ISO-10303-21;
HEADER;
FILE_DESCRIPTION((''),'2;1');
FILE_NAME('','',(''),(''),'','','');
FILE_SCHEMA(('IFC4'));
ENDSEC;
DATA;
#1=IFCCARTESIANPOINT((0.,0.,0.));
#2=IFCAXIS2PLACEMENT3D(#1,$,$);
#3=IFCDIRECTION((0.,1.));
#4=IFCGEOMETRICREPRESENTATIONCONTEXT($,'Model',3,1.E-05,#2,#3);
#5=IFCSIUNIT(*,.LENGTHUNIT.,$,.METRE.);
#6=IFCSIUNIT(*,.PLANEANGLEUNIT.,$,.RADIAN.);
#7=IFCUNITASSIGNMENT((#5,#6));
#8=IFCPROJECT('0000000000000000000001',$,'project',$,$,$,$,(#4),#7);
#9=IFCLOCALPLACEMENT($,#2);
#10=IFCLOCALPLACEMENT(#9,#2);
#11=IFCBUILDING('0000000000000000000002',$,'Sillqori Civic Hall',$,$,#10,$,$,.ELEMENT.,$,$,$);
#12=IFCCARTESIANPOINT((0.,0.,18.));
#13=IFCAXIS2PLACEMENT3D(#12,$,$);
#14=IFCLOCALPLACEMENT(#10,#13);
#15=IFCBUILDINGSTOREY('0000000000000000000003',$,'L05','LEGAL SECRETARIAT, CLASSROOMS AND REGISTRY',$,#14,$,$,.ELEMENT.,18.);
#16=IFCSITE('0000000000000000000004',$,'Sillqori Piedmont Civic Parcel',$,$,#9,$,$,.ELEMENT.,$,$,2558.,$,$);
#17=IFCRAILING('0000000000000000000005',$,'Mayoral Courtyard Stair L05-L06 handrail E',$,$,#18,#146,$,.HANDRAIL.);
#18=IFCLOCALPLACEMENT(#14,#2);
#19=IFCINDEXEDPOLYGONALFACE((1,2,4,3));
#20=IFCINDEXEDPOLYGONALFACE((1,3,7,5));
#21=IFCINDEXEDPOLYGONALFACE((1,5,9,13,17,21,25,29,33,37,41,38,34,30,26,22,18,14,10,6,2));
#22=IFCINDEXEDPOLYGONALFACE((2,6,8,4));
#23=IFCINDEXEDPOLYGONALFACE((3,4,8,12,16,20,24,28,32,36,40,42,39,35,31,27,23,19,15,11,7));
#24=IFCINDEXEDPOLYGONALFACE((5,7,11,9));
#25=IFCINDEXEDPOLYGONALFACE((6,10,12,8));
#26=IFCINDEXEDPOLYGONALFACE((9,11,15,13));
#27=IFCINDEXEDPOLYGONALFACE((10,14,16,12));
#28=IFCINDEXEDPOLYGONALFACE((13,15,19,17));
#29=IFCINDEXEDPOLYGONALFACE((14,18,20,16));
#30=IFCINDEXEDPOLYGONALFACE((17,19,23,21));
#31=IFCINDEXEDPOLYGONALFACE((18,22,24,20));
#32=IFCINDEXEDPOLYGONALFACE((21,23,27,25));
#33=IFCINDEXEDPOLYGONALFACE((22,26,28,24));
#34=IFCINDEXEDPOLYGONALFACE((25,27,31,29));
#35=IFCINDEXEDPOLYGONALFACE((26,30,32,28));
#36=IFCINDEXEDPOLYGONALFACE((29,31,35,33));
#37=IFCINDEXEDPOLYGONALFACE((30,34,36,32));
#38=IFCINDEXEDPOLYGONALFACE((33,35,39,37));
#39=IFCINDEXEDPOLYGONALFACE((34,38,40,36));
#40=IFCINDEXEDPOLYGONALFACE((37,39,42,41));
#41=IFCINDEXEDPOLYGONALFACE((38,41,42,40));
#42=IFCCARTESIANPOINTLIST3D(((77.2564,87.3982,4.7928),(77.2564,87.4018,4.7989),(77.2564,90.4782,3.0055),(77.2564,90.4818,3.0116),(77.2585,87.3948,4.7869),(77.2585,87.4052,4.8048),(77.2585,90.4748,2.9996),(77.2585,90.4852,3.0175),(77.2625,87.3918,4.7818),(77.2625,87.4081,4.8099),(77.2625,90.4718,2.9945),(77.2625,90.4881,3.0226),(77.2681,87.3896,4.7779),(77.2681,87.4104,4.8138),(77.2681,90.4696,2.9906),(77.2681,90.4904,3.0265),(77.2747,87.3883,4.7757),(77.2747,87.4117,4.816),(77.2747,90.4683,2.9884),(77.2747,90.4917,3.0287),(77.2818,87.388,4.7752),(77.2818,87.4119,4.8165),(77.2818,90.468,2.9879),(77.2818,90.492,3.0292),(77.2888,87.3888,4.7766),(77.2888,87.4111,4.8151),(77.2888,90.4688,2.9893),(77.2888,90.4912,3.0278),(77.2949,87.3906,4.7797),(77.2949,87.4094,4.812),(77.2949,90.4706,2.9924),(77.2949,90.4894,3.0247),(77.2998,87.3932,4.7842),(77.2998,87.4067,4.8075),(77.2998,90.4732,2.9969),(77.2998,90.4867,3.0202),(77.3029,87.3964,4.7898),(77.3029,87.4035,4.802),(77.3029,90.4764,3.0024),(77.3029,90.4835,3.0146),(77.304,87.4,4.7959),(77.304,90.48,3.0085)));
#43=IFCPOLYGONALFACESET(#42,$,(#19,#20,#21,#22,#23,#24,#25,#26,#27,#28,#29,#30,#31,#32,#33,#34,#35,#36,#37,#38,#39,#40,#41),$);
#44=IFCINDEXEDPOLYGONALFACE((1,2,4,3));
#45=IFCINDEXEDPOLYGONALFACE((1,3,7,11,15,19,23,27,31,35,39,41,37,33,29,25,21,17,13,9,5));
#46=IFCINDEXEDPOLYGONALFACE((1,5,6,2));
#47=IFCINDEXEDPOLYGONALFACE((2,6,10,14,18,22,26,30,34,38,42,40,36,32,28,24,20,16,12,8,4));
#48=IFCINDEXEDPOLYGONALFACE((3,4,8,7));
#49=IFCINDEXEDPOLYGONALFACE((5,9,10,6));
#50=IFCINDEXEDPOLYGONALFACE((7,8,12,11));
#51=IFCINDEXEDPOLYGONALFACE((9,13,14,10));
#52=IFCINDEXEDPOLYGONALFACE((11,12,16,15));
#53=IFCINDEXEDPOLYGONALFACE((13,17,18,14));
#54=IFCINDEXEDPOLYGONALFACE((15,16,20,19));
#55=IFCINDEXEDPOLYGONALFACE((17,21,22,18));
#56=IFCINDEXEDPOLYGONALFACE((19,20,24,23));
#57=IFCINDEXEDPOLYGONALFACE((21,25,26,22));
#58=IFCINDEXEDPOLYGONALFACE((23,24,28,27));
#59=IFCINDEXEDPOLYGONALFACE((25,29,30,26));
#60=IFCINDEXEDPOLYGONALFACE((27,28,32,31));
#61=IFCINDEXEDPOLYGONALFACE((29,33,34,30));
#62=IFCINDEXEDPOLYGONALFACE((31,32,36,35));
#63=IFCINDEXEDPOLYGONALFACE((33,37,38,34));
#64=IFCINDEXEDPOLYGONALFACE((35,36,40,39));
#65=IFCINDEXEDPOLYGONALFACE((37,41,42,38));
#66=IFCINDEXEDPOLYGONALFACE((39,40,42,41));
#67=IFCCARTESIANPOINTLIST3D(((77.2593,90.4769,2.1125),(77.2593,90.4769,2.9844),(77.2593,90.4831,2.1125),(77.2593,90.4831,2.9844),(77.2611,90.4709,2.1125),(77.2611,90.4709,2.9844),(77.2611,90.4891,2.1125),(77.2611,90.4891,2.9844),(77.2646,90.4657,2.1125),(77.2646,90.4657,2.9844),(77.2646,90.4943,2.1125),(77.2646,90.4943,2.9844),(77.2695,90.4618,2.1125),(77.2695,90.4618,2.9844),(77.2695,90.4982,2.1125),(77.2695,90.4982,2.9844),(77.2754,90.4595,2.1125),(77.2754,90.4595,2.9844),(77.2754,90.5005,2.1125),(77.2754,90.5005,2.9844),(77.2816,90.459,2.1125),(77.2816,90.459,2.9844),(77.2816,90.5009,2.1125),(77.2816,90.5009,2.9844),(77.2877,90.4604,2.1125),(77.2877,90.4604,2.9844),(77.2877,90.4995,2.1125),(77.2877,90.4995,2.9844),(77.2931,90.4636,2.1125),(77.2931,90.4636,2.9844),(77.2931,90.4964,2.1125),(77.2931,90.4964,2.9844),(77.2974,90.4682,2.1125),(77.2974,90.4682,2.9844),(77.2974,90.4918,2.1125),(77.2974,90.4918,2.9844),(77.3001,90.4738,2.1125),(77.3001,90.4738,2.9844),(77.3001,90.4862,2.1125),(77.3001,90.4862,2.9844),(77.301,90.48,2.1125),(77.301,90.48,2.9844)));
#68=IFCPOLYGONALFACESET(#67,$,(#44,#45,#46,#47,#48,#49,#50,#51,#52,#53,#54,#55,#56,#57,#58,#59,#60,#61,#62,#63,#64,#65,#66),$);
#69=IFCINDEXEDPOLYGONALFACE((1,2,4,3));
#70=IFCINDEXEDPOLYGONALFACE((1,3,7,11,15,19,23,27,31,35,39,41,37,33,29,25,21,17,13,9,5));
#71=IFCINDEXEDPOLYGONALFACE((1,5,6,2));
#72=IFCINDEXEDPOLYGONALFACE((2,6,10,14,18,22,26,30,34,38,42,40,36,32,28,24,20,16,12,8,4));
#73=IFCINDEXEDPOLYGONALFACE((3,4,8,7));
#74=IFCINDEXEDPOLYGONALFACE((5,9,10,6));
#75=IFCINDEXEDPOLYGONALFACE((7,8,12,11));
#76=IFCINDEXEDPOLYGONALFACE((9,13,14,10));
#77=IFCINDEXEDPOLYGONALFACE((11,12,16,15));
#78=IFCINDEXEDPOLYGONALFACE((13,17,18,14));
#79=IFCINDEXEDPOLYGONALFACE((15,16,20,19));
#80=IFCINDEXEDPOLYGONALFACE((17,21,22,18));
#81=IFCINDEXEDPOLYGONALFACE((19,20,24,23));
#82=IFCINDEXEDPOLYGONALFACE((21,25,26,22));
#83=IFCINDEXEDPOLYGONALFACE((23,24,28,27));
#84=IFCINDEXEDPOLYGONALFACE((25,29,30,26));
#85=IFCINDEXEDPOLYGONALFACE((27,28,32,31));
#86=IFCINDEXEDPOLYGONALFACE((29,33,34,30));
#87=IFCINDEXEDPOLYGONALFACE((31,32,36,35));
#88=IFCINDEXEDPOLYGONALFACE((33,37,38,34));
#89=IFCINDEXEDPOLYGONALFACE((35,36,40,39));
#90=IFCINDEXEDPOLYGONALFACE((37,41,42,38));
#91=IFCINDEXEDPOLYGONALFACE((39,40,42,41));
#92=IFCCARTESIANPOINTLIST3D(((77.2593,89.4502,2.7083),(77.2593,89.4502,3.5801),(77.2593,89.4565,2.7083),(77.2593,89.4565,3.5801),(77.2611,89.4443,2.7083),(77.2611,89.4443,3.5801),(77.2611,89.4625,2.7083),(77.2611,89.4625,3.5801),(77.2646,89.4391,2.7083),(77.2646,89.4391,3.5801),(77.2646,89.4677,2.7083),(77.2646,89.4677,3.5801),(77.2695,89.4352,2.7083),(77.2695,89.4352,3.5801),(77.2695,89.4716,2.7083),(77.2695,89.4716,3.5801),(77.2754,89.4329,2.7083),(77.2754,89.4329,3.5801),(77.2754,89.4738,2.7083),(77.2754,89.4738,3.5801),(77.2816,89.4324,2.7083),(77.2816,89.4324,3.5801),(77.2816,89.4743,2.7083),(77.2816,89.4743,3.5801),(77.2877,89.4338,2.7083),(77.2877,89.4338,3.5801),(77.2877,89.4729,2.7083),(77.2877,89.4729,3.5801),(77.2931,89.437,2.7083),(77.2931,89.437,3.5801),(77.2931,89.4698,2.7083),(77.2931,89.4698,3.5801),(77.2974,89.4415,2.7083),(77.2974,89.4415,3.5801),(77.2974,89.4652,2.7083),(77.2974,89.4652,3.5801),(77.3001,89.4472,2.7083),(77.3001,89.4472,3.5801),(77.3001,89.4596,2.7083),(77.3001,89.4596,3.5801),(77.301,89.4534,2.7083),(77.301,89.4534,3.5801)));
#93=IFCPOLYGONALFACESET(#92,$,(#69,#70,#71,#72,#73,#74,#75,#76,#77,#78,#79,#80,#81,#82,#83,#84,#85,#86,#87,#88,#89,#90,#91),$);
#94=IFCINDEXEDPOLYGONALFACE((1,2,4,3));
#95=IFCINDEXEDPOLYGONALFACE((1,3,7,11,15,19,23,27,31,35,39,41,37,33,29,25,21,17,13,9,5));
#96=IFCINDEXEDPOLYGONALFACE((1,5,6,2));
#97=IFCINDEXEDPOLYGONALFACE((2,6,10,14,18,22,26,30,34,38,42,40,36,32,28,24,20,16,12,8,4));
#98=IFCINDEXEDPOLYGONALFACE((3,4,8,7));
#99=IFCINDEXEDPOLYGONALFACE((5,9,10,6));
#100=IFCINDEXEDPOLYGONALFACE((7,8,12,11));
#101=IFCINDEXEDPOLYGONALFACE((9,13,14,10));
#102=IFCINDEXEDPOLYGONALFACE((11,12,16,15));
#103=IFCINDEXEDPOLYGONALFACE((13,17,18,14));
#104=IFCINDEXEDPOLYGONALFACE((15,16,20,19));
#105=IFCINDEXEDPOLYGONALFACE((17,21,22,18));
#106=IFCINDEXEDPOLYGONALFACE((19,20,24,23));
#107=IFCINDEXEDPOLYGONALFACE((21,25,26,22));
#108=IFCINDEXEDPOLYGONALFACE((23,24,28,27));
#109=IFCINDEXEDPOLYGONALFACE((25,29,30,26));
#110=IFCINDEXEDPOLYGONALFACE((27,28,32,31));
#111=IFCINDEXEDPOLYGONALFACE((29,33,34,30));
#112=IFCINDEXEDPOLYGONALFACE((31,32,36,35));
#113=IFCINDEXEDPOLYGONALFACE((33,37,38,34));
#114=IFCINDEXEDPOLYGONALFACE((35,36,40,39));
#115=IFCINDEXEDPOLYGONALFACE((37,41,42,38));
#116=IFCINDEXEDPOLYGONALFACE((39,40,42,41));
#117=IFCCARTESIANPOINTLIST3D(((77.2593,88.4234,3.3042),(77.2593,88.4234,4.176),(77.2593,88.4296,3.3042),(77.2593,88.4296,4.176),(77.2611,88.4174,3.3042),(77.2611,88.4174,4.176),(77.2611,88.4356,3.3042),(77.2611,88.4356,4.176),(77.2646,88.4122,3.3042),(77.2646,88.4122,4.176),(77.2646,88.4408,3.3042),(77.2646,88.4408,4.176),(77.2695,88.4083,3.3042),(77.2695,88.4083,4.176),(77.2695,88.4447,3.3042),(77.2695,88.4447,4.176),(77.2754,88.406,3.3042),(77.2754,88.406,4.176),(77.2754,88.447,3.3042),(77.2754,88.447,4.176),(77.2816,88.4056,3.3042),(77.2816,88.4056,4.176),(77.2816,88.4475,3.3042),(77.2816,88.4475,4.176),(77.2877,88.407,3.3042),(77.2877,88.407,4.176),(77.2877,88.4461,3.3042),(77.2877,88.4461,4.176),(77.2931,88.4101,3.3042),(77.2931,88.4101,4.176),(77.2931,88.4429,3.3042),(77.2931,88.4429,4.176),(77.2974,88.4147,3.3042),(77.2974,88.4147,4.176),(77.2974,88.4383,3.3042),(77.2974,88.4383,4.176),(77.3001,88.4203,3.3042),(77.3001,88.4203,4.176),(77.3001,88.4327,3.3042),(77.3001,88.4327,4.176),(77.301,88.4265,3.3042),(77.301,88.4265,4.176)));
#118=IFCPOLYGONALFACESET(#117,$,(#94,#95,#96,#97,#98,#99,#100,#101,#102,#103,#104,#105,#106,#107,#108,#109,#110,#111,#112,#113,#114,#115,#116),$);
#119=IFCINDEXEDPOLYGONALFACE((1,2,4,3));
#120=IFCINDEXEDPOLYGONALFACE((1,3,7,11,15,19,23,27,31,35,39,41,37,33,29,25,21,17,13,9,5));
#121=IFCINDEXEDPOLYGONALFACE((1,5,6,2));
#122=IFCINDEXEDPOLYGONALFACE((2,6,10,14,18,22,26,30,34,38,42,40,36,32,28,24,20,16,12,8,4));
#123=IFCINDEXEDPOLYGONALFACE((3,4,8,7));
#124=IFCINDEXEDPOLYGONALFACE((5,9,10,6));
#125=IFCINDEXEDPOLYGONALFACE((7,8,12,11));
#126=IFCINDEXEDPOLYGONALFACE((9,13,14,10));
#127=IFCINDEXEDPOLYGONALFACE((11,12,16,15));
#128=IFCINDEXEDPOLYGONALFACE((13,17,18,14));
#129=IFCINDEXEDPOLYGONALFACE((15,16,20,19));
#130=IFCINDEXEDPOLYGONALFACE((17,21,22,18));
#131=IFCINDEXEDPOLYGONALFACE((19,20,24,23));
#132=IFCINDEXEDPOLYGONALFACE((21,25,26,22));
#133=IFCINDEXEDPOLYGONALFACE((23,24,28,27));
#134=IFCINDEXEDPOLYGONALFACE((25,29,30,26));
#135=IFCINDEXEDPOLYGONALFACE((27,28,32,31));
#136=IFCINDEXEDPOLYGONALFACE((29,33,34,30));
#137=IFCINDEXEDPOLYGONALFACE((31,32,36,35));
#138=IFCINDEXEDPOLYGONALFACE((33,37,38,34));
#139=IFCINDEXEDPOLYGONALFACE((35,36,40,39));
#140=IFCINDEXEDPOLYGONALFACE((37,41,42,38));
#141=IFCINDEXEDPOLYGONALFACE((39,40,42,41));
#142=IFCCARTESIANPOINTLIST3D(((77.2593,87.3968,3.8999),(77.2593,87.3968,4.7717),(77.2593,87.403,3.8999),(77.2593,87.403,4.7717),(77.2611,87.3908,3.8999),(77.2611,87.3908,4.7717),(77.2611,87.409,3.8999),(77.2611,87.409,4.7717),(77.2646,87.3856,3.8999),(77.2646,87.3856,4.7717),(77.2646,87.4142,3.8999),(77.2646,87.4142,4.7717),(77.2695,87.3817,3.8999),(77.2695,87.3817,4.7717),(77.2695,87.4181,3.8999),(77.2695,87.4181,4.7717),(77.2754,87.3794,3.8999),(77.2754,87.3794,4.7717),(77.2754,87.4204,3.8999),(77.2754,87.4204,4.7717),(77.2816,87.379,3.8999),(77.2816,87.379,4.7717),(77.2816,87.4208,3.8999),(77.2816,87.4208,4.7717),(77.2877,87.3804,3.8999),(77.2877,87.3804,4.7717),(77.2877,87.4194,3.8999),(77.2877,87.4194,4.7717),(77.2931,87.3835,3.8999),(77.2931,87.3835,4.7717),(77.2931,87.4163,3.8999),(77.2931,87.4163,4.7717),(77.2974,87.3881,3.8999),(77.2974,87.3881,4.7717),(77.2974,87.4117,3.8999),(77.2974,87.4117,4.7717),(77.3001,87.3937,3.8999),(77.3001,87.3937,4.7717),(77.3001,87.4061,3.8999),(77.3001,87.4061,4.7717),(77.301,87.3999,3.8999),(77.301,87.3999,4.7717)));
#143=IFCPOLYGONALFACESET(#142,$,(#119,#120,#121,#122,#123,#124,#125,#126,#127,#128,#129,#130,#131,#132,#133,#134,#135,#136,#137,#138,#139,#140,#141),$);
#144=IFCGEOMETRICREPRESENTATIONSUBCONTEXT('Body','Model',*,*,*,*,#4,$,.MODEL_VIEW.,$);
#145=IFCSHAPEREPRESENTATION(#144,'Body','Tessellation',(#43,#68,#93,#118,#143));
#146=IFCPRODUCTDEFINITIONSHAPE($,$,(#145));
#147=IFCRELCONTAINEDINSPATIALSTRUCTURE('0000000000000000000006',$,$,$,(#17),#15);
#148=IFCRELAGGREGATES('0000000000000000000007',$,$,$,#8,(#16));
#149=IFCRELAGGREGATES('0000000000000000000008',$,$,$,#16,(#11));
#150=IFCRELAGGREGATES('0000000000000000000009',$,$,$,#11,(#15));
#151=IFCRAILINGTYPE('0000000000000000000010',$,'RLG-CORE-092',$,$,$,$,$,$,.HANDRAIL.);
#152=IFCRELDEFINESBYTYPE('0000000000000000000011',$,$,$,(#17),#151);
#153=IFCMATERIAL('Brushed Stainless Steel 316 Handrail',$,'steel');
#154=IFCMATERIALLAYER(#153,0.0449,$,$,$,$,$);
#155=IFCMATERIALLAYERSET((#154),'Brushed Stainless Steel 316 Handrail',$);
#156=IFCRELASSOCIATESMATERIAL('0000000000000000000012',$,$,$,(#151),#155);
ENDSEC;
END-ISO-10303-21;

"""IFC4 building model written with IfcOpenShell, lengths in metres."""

from ifc_helpers import new_model, si_unit, direction, frame, origin, origin_2d, place, context, subcontext, project, spatial, circle, extrude, material, layer, layer_set, type_object, element, save


model = new_model("IFC4")

# Units and contexts
model_context = context("Model", 3, precision=1e-05, world=origin(), true_north=direction((0.0, 1.0)))
body_context = subcontext(model_context, "Body", "Model", "MODEL_VIEW")
ifc_project = project(units=[si_unit("LENGTHUNIT", "METRE"), si_unit("PLANEANGLEUNIT", "RADIAN")], contexts=[model_context])

# Site, building, storey
site_placement = place(None, origin())
site = spatial("IfcSite", under=ifc_project, at=site_placement, Name="Sillqori Piedmont Civic Parcel", CompositionType="ELEMENT", RefElevation=2558.0)
building_placement = place(site_placement, origin())
building = spatial("IfcBuilding", under=site, at=building_placement, Name="Sillqori Civic Hall", CompositionType="ELEMENT")
storey_placement = place(building_placement, frame((0.0, 0.0, 18.0)))
storey = spatial("IfcBuildingStorey", under=building, at=storey_placement, Name="L05", Description="LEGAL SECRETARIAT, CLASSROOMS AND REGISTRY", CompositionType="ELEMENT", Elevation=18.0)

# Railing
ifc_material_1 = material(Name="Brushed Stainless Steel 316 Handrail", Category="steel")
ifc_layer_1 = layer(ifc_material_1, 0.0449)
ifc_layer_set_1 = layer_set([ifc_layer_1], Name="Brushed Stainless Steel 316 Handrail")
railing_type_1 = type_object("IfcRailingType", Name="RLG-CORE-092", PredefinedType="HANDRAIL", material=ifc_layer_set_1)
railing_1_placement = place(storey_placement, frame((77.28, 90.48, 2.1125)))
element("IfcRailing", 1, at=railing_1_placement, inside=storey, type_object=railing_type_1, Name="Mayoral Courtyard Stair L05-L06 handrail E", PredefinedType="HANDRAIL", context=body_context, shape_type="SweptSolid", body=[
    extrude(circle(Radius=0.0239, at=origin_2d()), frame((0.0, 0.0, 0.896), z_axis=(0.0, -0.86492, 0.501909), x_axis=(1.0, 0.0, 0.0)), (0.0, 0.0, 1.0), 3.561),
    extrude(circle(Radius=0.021, at=origin_2d()), origin(), (0.0, 0.0, 1.0), 0.8718),
    extrude(circle(Radius=0.021, at=origin_2d()), frame((0.0, -1.0266, 0.5957)), (0.0, 0.0, 1.0), 0.8718),
    extrude(circle(Radius=0.021, at=origin_2d()), frame((0.0, -2.0535, 1.1917)), (0.0, 0.0, 1.0), 0.8718),
    extrude(circle(Radius=0.021, at=origin_2d()), frame((0.0, -3.0801, 1.7874)), (0.0, 0.0, 1.0), 0.8718),
])

save(model, "model.ifc")
